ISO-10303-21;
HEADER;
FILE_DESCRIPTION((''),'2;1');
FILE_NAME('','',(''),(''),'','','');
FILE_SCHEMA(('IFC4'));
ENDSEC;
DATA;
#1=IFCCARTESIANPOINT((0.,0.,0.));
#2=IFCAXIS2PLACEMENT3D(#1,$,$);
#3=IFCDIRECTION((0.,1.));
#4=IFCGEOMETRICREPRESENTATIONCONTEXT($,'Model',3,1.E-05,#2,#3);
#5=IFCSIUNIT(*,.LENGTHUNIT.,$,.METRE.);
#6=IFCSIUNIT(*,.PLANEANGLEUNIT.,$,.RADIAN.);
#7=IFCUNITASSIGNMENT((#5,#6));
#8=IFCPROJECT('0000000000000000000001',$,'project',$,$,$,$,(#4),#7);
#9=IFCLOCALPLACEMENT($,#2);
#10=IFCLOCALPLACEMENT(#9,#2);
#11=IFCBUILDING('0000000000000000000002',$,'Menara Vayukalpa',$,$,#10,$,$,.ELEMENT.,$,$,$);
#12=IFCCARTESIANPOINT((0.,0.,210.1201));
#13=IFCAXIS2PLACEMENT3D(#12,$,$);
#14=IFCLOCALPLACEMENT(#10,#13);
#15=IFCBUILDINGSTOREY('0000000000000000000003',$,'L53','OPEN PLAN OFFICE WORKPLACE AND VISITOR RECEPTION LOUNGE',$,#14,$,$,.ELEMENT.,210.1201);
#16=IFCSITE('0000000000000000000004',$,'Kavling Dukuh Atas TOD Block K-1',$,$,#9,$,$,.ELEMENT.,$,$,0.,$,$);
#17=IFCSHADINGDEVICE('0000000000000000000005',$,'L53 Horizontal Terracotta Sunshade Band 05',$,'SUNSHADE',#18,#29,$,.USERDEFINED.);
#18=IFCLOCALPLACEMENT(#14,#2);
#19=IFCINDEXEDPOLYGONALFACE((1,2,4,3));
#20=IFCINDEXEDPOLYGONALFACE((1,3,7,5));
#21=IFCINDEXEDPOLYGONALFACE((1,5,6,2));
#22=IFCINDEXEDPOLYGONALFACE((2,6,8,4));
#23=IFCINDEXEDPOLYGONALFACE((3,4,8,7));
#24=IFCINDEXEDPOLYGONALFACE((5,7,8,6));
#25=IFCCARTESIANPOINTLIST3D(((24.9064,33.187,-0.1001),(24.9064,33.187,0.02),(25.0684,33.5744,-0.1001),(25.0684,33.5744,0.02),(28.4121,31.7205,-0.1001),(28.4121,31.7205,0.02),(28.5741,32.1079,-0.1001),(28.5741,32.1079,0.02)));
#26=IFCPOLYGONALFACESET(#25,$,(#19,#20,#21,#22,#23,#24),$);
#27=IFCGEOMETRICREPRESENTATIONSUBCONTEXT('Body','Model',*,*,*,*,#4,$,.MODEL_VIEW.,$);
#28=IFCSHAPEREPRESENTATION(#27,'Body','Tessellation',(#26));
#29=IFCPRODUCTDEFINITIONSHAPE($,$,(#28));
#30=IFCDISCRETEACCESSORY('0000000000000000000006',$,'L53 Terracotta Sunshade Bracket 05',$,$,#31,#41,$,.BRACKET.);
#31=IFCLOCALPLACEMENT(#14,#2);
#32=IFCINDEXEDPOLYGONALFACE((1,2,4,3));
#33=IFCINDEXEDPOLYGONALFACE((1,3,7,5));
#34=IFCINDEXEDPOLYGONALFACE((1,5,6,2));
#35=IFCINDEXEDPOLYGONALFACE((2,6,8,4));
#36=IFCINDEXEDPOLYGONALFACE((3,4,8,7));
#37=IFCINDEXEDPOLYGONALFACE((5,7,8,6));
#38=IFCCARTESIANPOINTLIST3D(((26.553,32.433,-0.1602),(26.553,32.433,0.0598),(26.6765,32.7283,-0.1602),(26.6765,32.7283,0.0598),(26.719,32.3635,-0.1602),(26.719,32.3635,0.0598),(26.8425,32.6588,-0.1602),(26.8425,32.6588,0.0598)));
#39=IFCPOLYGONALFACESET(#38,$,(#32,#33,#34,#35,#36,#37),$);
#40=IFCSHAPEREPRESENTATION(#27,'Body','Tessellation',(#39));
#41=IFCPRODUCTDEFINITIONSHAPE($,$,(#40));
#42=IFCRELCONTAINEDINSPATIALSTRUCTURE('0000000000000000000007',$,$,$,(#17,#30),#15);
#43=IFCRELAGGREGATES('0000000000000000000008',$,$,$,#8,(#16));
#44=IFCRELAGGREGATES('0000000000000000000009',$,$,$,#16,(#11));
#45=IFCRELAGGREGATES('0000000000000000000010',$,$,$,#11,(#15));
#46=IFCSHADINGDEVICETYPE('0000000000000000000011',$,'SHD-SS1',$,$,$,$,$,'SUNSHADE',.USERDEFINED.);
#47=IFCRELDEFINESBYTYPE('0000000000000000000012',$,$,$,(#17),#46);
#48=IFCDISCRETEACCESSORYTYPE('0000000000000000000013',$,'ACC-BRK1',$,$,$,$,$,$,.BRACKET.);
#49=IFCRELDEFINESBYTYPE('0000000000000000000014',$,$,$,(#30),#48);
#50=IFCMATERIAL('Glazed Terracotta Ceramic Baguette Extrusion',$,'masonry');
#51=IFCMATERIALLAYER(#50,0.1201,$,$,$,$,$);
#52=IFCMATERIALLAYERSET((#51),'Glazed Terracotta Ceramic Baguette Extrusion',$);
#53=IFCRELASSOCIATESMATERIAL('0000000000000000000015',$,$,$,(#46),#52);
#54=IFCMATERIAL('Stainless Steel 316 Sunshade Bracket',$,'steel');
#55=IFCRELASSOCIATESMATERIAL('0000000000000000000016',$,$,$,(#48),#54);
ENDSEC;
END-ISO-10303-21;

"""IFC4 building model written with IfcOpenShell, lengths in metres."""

from ifc_helpers import new_model, si_unit, direction, frame, origin, origin_2d, place, context, subcontext, project, spatial, rectangle, extrude, material, layer, layer_set, type_object, element, save


model = new_model("IFC4")

# Units and contexts
model_context = context("Model", 3, precision=1e-05, world=origin(), true_north=direction((0.0, 1.0)))
body_context = subcontext(model_context, "Body", "Model", "MODEL_VIEW")
ifc_project = project(units=[si_unit("LENGTHUNIT", "METRE"), si_unit("PLANEANGLEUNIT", "RADIAN")], contexts=[model_context])

# Site, building, storey
site_placement = place(None, origin())
site = spatial("IfcSite", under=ifc_project, at=site_placement, Name="Kavling Dukuh Atas TOD Block K-1", CompositionType="ELEMENT", RefElevation=0.0)
building_placement = place(site_placement, origin())
building = spatial("IfcBuilding", under=site, at=building_placement, Name="Menara Vayukalpa", CompositionType="ELEMENT")
storey_placement = place(building_placement, frame((0.0, 0.0, 210.1201)))
storey = spatial("IfcBuildingStorey", under=building, at=storey_placement, Name="L53", Description="OPEN PLAN OFFICE WORKPLACE AND VISITOR RECEPTION LOUNGE", CompositionType="ELEMENT", Elevation=210.1201)

# Shading device
ifc_material_1 = material(Name="Glazed Terracotta Ceramic Baguette Extrusion", Category="masonry")
ifc_layer_1 = layer(ifc_material_1, 0.1201)
ifc_layer_set_1 = layer_set([ifc_layer_1], Name="Glazed Terracotta Ceramic Baguette Extrusion")
shading_device_type = type_object("IfcShadingDeviceType", Name="SHD-SS1", ElementType="SUNSHADE", PredefinedType="USERDEFINED", material=ifc_layer_set_1)
shading_device_placement = place(storey_placement, frame((26.7402, 32.6475, -0.1001), z_axis=(0.0, 0.0, 1.0), x_axis=(-0.922538, 0.385906, 0.0)))
element("IfcShadingDevice", 1, at=shading_device_placement, inside=storey, type_object=shading_device_type, Name="L53 Horizontal Terracotta Sunshade Band 05", ObjectType="SUNSHADE", PredefinedType="USERDEFINED", context=body_context, shape_type="SweptSolid", body=[
    extrude(rectangle(XDim=3.8, YDim=0.4199, at=origin_2d()), origin(), (0.0, 0.0, 1.0), 0.1201),
])

# Discrete accessory
ifc_material_2 = material(Name="Stainless Steel 316 Sunshade Bracket", Category="steel")
discrete_accessory_type = type_object("IfcDiscreteAccessoryType", Name="ACC-BRK1", PredefinedType="BRACKET", material=ifc_material_2)
discrete_accessory_placement = place(storey_placement, frame((26.6978, 32.5459, -0.1602), z_axis=(0.0, 0.0, 1.0), x_axis=(-0.922538, 0.385906, 0.0)))
element("IfcDiscreteAccessory", 2, at=discrete_accessory_placement, inside=storey, type_object=discrete_accessory_type, Name="L53 Terracotta Sunshade Bracket 05", PredefinedType="BRACKET", context=body_context, shape_type="SweptSolid", body=[
    extrude(rectangle(XDim=0.1799, YDim=0.3201, at=origin_2d()), origin(), (0.0, 0.0, 1.0), 0.22),
])

save(model, "model.ifc")
